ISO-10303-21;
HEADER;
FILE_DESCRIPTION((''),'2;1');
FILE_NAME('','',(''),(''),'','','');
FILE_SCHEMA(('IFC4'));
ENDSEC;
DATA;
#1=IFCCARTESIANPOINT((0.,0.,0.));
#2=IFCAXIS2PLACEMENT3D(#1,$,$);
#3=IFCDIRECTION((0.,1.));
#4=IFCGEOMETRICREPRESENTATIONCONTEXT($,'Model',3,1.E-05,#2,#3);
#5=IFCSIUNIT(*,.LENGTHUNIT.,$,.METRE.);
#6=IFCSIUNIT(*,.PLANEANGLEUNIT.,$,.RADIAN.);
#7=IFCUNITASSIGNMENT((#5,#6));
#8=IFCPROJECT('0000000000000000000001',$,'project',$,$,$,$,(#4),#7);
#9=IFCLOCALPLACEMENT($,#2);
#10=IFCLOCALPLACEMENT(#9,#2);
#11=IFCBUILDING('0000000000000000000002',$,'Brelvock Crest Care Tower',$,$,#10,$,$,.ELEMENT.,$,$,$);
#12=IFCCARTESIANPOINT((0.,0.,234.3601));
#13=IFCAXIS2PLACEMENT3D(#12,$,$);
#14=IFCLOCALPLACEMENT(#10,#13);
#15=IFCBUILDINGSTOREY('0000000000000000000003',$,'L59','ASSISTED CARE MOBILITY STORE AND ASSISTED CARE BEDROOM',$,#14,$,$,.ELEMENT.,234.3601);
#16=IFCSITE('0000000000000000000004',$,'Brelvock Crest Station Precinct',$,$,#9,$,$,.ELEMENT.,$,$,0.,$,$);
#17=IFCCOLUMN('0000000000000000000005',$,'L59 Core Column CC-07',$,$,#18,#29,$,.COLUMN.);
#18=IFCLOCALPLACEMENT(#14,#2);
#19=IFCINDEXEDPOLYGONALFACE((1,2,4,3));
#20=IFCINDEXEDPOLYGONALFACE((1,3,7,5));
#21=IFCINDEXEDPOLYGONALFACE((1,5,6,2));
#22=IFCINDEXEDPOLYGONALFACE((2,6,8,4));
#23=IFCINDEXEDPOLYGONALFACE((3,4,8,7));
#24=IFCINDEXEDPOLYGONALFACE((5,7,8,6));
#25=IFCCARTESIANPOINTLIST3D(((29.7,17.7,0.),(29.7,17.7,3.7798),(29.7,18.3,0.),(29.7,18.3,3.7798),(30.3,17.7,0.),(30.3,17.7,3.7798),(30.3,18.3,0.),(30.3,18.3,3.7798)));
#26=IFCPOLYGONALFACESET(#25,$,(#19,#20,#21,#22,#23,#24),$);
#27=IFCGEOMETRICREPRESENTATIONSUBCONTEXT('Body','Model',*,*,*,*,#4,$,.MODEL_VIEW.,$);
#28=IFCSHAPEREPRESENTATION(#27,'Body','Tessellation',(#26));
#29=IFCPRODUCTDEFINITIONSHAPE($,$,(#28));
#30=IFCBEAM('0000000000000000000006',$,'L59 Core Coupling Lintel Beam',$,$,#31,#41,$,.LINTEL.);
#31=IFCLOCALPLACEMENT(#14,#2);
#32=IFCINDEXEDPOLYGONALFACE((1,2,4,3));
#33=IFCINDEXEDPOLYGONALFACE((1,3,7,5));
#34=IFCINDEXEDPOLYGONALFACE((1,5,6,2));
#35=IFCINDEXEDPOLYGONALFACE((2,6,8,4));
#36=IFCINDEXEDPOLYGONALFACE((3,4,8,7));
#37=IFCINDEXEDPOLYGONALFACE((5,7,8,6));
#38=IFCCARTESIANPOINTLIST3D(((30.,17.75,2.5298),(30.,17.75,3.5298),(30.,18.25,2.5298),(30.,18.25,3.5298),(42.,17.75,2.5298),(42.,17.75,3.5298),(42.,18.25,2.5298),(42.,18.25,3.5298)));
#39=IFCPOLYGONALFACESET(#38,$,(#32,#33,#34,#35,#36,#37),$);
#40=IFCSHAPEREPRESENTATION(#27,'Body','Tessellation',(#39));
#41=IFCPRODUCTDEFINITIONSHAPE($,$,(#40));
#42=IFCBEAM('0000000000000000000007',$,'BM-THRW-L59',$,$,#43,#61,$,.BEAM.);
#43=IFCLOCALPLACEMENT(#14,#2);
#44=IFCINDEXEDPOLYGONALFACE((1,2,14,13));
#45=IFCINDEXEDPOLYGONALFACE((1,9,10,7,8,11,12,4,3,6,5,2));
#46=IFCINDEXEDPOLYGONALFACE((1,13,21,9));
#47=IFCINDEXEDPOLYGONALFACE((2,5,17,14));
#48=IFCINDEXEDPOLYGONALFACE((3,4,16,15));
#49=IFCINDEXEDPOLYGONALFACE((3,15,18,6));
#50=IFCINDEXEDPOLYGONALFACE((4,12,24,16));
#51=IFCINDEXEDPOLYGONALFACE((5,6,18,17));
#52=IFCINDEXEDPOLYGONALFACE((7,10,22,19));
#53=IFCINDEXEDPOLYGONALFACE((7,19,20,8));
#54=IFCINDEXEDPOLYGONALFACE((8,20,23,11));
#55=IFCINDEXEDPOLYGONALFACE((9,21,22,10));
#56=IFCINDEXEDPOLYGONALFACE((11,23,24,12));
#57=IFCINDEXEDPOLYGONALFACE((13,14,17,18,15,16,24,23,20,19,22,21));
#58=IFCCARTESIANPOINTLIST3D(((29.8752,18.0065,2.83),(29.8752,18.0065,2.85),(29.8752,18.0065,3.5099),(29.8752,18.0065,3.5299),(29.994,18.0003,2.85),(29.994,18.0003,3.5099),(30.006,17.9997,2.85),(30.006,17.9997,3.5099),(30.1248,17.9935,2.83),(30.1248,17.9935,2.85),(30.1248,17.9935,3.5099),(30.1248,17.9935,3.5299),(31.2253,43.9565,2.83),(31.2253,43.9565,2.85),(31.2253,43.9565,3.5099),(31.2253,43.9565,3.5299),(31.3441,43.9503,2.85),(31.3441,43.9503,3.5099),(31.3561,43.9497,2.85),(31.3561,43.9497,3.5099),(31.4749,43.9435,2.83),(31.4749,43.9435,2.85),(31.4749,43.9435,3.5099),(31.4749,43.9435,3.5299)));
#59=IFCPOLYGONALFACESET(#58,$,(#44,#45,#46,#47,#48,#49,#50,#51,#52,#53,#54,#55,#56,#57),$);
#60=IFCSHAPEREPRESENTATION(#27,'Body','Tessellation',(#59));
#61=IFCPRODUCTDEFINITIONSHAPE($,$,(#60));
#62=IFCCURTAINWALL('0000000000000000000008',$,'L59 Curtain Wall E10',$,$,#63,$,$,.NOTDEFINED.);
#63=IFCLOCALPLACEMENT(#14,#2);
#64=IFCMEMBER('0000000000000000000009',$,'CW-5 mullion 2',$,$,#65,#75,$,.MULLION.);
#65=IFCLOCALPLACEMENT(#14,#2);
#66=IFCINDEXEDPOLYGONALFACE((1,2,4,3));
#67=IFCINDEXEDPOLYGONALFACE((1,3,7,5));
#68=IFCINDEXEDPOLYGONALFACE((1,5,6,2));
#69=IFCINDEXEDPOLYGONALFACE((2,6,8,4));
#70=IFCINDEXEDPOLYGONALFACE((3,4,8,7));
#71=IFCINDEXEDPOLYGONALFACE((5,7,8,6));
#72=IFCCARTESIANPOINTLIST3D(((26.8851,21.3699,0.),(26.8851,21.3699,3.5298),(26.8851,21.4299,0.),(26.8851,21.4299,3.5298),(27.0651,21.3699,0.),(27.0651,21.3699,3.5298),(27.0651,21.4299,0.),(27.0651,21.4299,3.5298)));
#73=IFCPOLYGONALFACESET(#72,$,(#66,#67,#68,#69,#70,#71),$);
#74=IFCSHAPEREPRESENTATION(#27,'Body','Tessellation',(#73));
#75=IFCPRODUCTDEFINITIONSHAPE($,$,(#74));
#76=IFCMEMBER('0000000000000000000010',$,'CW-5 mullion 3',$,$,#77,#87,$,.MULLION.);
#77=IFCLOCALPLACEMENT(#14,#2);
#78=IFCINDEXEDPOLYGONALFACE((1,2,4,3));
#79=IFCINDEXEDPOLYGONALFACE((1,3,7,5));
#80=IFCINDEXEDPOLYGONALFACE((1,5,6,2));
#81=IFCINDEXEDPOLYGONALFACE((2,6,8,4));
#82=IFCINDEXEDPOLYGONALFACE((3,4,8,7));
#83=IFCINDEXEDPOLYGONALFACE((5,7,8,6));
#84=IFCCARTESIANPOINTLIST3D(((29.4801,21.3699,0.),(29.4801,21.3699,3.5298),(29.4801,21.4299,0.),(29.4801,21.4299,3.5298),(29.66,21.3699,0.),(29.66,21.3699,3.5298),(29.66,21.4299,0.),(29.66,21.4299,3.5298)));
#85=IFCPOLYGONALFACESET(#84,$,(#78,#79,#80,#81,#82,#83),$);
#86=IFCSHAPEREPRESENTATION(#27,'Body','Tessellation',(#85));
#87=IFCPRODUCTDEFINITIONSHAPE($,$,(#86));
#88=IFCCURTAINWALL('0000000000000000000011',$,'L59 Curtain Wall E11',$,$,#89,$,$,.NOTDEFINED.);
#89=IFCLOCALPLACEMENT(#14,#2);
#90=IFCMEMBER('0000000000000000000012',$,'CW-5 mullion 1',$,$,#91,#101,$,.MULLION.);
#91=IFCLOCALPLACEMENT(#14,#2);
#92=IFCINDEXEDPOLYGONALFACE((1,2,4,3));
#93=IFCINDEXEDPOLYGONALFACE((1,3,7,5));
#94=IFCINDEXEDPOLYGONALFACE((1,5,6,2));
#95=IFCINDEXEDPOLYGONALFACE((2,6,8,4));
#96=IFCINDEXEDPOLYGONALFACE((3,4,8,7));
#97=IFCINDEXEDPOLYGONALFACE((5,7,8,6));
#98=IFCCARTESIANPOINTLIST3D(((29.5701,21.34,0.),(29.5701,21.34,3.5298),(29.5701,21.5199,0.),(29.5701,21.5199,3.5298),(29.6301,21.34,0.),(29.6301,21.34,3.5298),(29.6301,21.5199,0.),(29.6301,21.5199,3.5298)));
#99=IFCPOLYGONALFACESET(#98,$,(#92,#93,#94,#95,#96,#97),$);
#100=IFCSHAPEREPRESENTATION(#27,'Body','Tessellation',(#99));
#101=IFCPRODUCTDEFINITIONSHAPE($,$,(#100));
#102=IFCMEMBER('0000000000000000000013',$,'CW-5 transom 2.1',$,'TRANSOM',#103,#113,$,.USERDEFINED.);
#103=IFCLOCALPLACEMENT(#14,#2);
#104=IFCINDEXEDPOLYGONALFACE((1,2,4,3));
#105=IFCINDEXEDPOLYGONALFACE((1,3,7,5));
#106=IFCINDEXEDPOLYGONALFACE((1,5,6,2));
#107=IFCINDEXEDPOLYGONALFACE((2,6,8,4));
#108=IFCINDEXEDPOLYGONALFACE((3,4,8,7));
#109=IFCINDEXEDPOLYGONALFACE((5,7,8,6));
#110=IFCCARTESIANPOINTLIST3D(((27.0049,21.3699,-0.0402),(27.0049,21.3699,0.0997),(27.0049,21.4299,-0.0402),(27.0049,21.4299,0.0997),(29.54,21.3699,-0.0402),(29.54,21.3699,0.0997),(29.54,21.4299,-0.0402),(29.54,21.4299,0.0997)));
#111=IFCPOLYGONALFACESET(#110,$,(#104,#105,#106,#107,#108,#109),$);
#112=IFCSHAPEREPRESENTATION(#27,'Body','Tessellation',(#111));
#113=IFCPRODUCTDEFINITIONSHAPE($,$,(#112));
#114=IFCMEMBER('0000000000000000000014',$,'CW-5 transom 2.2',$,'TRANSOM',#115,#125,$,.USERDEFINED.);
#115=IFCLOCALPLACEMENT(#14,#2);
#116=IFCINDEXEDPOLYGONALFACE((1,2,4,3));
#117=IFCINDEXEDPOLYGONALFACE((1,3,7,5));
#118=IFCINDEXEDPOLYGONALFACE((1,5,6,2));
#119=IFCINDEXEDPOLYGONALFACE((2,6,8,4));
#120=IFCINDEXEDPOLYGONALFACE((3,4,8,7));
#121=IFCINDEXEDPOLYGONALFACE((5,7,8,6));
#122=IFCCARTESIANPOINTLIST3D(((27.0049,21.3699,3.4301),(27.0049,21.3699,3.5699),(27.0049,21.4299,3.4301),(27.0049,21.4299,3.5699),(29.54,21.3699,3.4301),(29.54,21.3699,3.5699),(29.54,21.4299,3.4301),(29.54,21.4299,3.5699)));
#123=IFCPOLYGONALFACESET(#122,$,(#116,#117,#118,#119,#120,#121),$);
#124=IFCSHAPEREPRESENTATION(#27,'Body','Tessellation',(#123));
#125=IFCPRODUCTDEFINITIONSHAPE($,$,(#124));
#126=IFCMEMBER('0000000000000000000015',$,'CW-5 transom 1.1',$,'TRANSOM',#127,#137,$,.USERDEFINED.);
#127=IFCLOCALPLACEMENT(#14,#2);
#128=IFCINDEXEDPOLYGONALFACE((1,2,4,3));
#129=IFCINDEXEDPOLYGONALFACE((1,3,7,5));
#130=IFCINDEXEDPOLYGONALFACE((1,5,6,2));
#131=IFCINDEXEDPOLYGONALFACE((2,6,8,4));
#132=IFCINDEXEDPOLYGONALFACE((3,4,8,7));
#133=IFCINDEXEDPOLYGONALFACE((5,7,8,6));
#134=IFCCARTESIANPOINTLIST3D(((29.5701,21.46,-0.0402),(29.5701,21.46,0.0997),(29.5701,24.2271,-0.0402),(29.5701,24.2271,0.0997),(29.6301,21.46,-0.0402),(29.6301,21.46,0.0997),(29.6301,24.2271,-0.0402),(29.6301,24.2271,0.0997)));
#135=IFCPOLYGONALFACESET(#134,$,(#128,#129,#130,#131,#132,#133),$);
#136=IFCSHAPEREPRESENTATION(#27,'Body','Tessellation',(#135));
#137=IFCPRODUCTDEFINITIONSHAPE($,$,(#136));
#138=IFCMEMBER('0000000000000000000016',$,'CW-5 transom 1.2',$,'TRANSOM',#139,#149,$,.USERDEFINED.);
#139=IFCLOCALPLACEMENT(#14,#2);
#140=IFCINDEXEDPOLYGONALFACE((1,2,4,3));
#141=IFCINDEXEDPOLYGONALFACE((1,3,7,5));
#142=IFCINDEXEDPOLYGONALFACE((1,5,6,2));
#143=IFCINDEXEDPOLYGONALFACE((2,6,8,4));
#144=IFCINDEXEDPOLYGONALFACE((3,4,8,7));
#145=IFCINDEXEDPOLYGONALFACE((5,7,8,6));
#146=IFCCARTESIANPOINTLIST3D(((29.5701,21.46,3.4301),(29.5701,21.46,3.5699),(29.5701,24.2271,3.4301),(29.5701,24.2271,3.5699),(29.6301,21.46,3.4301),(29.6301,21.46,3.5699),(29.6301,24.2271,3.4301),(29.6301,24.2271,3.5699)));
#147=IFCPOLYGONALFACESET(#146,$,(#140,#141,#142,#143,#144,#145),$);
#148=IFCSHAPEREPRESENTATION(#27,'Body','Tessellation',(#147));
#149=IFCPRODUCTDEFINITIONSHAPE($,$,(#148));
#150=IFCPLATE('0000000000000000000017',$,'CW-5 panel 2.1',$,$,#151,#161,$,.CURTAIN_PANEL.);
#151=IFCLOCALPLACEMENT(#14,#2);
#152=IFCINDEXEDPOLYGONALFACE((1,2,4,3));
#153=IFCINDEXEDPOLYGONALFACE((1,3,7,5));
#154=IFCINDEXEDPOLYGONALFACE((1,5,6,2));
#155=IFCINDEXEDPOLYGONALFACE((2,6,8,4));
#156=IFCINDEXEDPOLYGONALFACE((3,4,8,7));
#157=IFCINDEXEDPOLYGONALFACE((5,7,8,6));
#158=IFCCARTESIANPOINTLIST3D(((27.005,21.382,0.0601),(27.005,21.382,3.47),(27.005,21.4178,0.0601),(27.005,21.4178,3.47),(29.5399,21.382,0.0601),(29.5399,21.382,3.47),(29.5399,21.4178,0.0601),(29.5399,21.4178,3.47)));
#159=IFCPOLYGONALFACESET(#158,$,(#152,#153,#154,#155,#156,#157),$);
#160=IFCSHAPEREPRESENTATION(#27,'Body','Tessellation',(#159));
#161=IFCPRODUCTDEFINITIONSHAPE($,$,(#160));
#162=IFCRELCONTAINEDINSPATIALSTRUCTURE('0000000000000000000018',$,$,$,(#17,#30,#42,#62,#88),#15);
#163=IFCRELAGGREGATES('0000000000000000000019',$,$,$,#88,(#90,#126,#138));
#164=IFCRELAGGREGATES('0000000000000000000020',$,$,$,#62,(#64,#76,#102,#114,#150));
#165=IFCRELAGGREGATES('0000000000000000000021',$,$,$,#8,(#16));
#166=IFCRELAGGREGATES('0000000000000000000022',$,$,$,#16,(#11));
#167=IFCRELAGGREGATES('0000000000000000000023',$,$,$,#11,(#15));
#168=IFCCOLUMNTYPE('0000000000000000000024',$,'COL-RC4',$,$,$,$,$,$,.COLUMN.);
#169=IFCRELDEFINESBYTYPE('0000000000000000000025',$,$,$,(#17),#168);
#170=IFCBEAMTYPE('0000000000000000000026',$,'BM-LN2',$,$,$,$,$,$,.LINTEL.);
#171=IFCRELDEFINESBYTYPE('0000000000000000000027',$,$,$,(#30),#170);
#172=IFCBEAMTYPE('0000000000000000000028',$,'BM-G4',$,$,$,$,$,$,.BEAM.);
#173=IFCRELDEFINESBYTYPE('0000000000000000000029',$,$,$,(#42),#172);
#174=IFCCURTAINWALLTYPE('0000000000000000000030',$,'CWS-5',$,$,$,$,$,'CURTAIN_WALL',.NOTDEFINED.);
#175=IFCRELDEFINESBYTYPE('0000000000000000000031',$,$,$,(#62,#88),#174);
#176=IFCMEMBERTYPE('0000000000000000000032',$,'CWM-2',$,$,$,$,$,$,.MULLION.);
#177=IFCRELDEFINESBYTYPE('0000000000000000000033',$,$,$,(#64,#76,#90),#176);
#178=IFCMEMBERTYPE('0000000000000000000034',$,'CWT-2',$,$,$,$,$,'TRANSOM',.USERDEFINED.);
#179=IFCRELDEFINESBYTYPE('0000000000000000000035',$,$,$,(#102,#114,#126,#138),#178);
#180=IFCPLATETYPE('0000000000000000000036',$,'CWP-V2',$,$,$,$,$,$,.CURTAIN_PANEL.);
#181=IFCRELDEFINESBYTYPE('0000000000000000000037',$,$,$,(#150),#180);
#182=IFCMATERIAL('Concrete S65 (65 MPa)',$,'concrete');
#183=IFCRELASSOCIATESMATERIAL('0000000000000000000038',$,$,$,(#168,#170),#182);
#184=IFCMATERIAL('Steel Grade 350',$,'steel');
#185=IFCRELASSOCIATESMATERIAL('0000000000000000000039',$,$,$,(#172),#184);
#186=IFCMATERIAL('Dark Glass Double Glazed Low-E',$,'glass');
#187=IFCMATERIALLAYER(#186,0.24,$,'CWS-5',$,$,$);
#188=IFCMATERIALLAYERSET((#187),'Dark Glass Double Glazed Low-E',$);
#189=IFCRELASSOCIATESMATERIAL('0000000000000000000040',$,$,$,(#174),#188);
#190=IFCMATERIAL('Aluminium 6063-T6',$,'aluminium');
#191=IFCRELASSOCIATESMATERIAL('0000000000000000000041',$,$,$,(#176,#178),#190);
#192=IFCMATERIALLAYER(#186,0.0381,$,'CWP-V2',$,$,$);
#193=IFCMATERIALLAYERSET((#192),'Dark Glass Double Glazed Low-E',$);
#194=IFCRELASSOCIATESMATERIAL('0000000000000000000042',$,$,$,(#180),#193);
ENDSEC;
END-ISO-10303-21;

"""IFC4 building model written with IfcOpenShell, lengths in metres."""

from ifc_helpers import new_model, si_unit, direction, frame, origin, origin_2d, place, context, subcontext, project, spatial, rectangle, i_section, extrude, source, transform, mapped, material, layer, layer_set, material_profile, profile_set, type_object, element, aggregate, save


model = new_model("IFC4")

# Units and contexts
model_context = context("Model", 3, precision=1e-05, world=origin(), true_north=direction((0.0, 1.0)))
body_context = subcontext(model_context, "Body", "Model", "MODEL_VIEW")
ifc_project = project(units=[si_unit("LENGTHUNIT", "METRE"), si_unit("PLANEANGLEUNIT", "RADIAN")], contexts=[model_context])

# Site, building, storey
site_placement = place(None, origin())
site = spatial("IfcSite", under=ifc_project, at=site_placement, Name="Brelvock Crest Station Precinct", CompositionType="ELEMENT", RefElevation=0.0)
building_placement = place(site_placement, origin())
building = spatial("IfcBuilding", under=site, at=building_placement, Name="Brelvock Crest Care Tower", CompositionType="ELEMENT")
storey_placement = place(building_placement, frame((0.0, 0.0, 234.3601)))
storey = spatial("IfcBuildingStorey", under=building, at=storey_placement, Name="L59", Description="ASSISTED CARE MOBILITY STORE AND ASSISTED CARE BEDROOM", CompositionType="ELEMENT", Elevation=234.3601)

# Column
ifc_material_1 = material(Name="Concrete S65 (65 MPa)", Category="concrete")
ifc_material_profile_1 = material_profile(ifc_material_1, rectangle(XDim=0.6001, YDim=0.6001, at=origin_2d()), Name="RC600x600")
ifc_profile_set_1 = profile_set([ifc_material_profile_1], Name="Concrete S65 (65 MPa)")
column_type = type_object("IfcColumnType", Name="COL-RC4", PredefinedType="COLUMN", material=ifc_profile_set_1)
shared_shape_1 = source(origin(), body_context, "Body", "SweptSolid", [
    extrude(rectangle(XDim=0.6001, YDim=0.6001, at=origin_2d()), origin(), (0.0, 0.0, 1.0), 3.7798),
])
column_placement = place(storey_placement, frame((30.0, 18.0, 0.0), z_axis=(0.0, 0.0, 1.0), x_axis=(1.0, 0.0, 0.0)))
element("IfcColumn", 1, at=column_placement, inside=storey, type_object=column_type, Name="L59 Core Column CC-07", PredefinedType="COLUMN", context=body_context, shape_type="MappedRepresentation", body=[
    mapped(shared_shape_1, transform((0.0, 0.0, 0.0), x_axis=(1.0, 0.0, 0.0), y_axis=(0.0, 1.0, 0.0), z_axis=(0.0, 0.0, 1.0), scale=1.0)),
])

# Beams
ifc_material_profile_2 = material_profile(ifc_material_1, rectangle(XDim=0.5, YDim=1.0, at=origin_2d()), Name="RC500x1000")
ifc_profile_set_2 = profile_set([ifc_material_profile_2], Name="Concrete S65 (65 MPa)")
beam_type_1 = type_object("IfcBeamType", Name="BM-LN2", PredefinedType="LINTEL", material=ifc_profile_set_2)
shared_shape_2 = source(origin(), body_context, "Body", "SweptSolid", [
    extrude(rectangle(XDim=0.5, YDim=1.0, at=origin_2d()), origin(), (0.0, 0.0, 1.0), 12.0),
])
beam_1_placement = place(storey_placement, frame((30.0, 18.0, 3.0298), z_axis=(1.0, 0.0, 0.0), x_axis=(0.0, 1.0, 0.0)))
element("IfcBeam", 2, at=beam_1_placement, inside=storey, type_object=beam_type_1, Name="L59 Core Coupling Lintel Beam", PredefinedType="LINTEL", context=body_context, shape_type="MappedRepresentation", body=[
    mapped(shared_shape_2, transform((0.0, 0.0, 0.0), x_axis=(1.0, 0.0, 0.0), y_axis=(0.0, 1.0, 0.0), z_axis=(0.0, 0.0, 1.0), scale=1.0)),
])
ifc_material_2 = material(Name="Steel Grade 350", Category="steel")
ifc_material_profile_3 = material_profile(ifc_material_2, i_section(OverallWidth=0.25, OverallDepth=0.7, WebThickness=0.012, FlangeThickness=0.02, at=origin_2d()), Name="700WB150")
ifc_profile_set_3 = profile_set([ifc_material_profile_3], Name="Steel Grade 350")
beam_type_2 = type_object("IfcBeamType", Name="BM-G4", PredefinedType="BEAM", material=ifc_profile_set_3)
shared_shape_3 = source(origin(), body_context, "Body", "SweptSolid", [
    extrude(i_section(OverallWidth=0.25, OverallDepth=0.7, WebThickness=0.012, FlangeThickness=0.02, at=origin_2d()), origin(), (0.0, 0.0, 1.0), 25.9851),
])
beam_2_placement = place(storey_placement, frame((30.0, 18.0, 3.1799), z_axis=(0.051957, 0.998649, 0.0), x_axis=(-0.998649, 0.051957, 0.0)))
element("IfcBeam", 3, at=beam_2_placement, inside=storey, type_object=beam_type_2, Name="BM-THRW-L59", PredefinedType="BEAM", context=body_context, shape_type="MappedRepresentation", body=[
    mapped(shared_shape_3, transform((0.0, 0.0, 0.0), x_axis=(1.0, 0.0, 0.0), y_axis=(0.0, 1.0, 0.0), z_axis=(0.0, 0.0, 1.0), scale=1.0)),
])

# Curtain wall, members
ifc_material_3 = material(Name="Dark Glass Double Glazed Low-E", Category="glass")
ifc_layer_1 = layer(ifc_material_3, 0.24, Name="CWS-5")
ifc_layer_set_1 = layer_set([ifc_layer_1], Name="Dark Glass Double Glazed Low-E")
curtain_wall_type = type_object("IfcCurtainWallType", Name="CWS-5", ElementType="CURTAIN_WALL", PredefinedType="NOTDEFINED", material=ifc_layer_set_1)
curtain_wall_1_placement = place(storey_placement, origin())
curtain_wall_1 = element("IfcCurtainWall", 4, at=curtain_wall_1_placement, inside=storey, type_object=curtain_wall_type, Name="L59 Curtain Wall E10", PredefinedType="NOTDEFINED")
ifc_material_4 = material(Name="Aluminium 6063-T6", Category="aluminium")
ifc_material_profile_4 = material_profile(ifc_material_4, rectangle(XDim=0.0601, YDim=0.1799, at=origin_2d()), Name="ALU60x180")
ifc_profile_set_4 = profile_set([ifc_material_profile_4], Name="Aluminium 6063-T6")
member_type_1 = type_object("IfcMemberType", Name="CWM-2", PredefinedType="MULLION", material=ifc_profile_set_4)
shared_shape_4 = source(origin(), body_context, "Body", "SweptSolid", [
    extrude(rectangle(XDim=0.0601, YDim=0.1799, at=origin_2d()), origin(), (0.0, 0.0, 1.0), 3.5298),
])
member_1_placement = place(storey_placement, frame((26.9751, 21.3999, 0.0), z_axis=(0.0, 0.0, 1.0), x_axis=(0.0, 1.0, 0.0)))
member_1 = element("IfcMember", 5, at=member_1_placement, type_object=member_type_1, Name="CW-5 mullion 2", PredefinedType="MULLION", context=body_context, shape_type="MappedRepresentation", body=[
    mapped(shared_shape_4, transform((0.0, 0.0, 0.0), x_axis=(1.0, 0.0, 0.0), y_axis=(0.0, 1.0, 0.0), z_axis=(0.0, 0.0, 1.0), scale=1.0)),
])
member_2_placement = place(storey_placement, frame((29.5701, 21.3999, 0.0), z_axis=(0.0, 0.0, 1.0), x_axis=(0.0, 1.0, 0.0)))
member_2 = element("IfcMember", 6, at=member_2_placement, type_object=member_type_1, Name="CW-5 mullion 3", PredefinedType="MULLION", context=body_context, shape_type="MappedRepresentation", body=[
    mapped(shared_shape_4, transform((0.0, 0.0, 0.0), x_axis=(1.0, 0.0, 0.0), y_axis=(0.0, 1.0, 0.0), z_axis=(0.0, 0.0, 1.0), scale=1.0)),
])

# Curtain wall, member
curtain_wall_2_placement = place(storey_placement, origin())
curtain_wall_2 = element("IfcCurtainWall", 7, at=curtain_wall_2_placement, inside=storey, type_object=curtain_wall_type, Name="L59 Curtain Wall E11", PredefinedType="NOTDEFINED")
member_3_placement = place(storey_placement, frame((29.6001, 21.4299, 0.0), z_axis=(0.0, 0.0, 1.0), x_axis=(-1.0, 0.0, 0.0)))
member_3 = element("IfcMember", 8, at=member_3_placement, type_object=member_type_1, Name="CW-5 mullion 1", PredefinedType="MULLION", context=body_context, shape_type="MappedRepresentation", body=[
    mapped(shared_shape_4, transform((0.0, 0.0, 0.0), x_axis=(1.0, 0.0, 0.0), y_axis=(0.0, 1.0, 0.0), z_axis=(0.0, 0.0, 1.0), scale=1.0)),
])

# Members
ifc_material_profile_5 = material_profile(ifc_material_4, rectangle(XDim=0.0601, YDim=0.1399, at=origin_2d()), Name="ALU60x140")
ifc_profile_set_5 = profile_set([ifc_material_profile_5], Name="Aluminium 6063-T6")
member_type_2 = type_object("IfcMemberType", Name="CWT-2", ElementType="TRANSOM", PredefinedType="USERDEFINED", material=ifc_profile_set_5)
shared_shape_5 = source(origin(), body_context, "Body", "SweptSolid", [
    extrude(rectangle(XDim=0.0601, YDim=0.1399, at=origin_2d()), origin(), (0.0, 0.0, 1.0), 2.5352),
])
member_4_placement = place(storey_placement, frame((27.0049, 21.3999, 0.0298), z_axis=(1.0, 0.0, 0.0), x_axis=(0.0, 1.0, 0.0)))
member_4 = element("IfcMember", 9, at=member_4_placement, type_object=member_type_2, Name="CW-5 transom 2.1", ObjectType="TRANSOM", PredefinedType="USERDEFINED", context=body_context, shape_type="MappedRepresentation", body=[
    mapped(shared_shape_5, transform((0.0, 0.0, 0.0), x_axis=(1.0, 0.0, 0.0), y_axis=(0.0, 1.0, 0.0), z_axis=(0.0, 0.0, 1.0), scale=1.0)),
])
member_5_placement = place(storey_placement, frame((27.0049, 21.3999, 3.5), z_axis=(1.0, 0.0, 0.0), x_axis=(0.0, 1.0, 0.0)))
member_5 = element("IfcMember", 10, at=member_5_placement, type_object=member_type_2, Name="CW-5 transom 2.2", ObjectType="TRANSOM", PredefinedType="USERDEFINED", context=body_context, shape_type="MappedRepresentation", body=[
    mapped(shared_shape_5, transform((0.0, 0.0, 0.0), x_axis=(1.0, 0.0, 0.0), y_axis=(0.0, 1.0, 0.0), z_axis=(0.0, 0.0, 1.0), scale=1.0)),
])
shared_shape_6 = source(origin(), body_context, "Body", "SweptSolid", [
    extrude(rectangle(XDim=0.0601, YDim=0.1399, at=origin_2d()), origin(), (0.0, 0.0, 1.0), 2.7671),
])
member_6_placement = place(storey_placement, frame((29.6001, 21.46, 0.0298), z_axis=(0.0, 1.0, 0.0), x_axis=(-1.0, 0.0, 0.0)))
member_6 = element("IfcMember", 11, at=member_6_placement, type_object=member_type_2, Name="CW-5 transom 1.1", ObjectType="TRANSOM", PredefinedType="USERDEFINED", context=body_context, shape_type="MappedRepresentation", body=[
    mapped(shared_shape_6, transform((0.0, 0.0, 0.0), x_axis=(1.0, 0.0, 0.0), y_axis=(0.0, 1.0, 0.0), z_axis=(0.0, 0.0, 1.0), scale=1.0)),
])
member_7_placement = place(storey_placement, frame((29.6001, 21.46, 3.5), z_axis=(0.0, 1.0, 0.0), x_axis=(-1.0, 0.0, 0.0)))
member_7 = element("IfcMember", 12, at=member_7_placement, type_object=member_type_2, Name="CW-5 transom 1.2", ObjectType="TRANSOM", PredefinedType="USERDEFINED", context=body_context, shape_type="MappedRepresentation", body=[
    mapped(shared_shape_6, transform((0.0, 0.0, 0.0), x_axis=(1.0, 0.0, 0.0), y_axis=(0.0, 1.0, 0.0), z_axis=(0.0, 0.0, 1.0), scale=1.0)),
])
aggregate(curtain_wall_2, [member_3, member_6, member_7])

# Plate
ifc_layer_2 = layer(ifc_material_3, 0.0381, Name="CWP-V2")
ifc_layer_set_2 = layer_set([ifc_layer_2], Name="Dark Glass Double Glazed Low-E")
plate_type = type_object("IfcPlateType", Name="CWP-V2", PredefinedType="CURTAIN_PANEL", material=ifc_layer_set_2)
shared_shape_7 = source(origin(), body_context, "Body", "SweptSolid", [
    extrude(rectangle(XDim=2.5349, YDim=0.0359, at=origin_2d()), origin(), (0.0, 0.0, 1.0), 3.4099),
])
plate_placement = place(storey_placement, frame((28.2725, 21.3999, 0.0601), z_axis=(0.0, 0.0, 1.0), x_axis=(1.0, 0.0, 0.0)))
plate = element("IfcPlate", 13, at=plate_placement, type_object=plate_type, Name="CW-5 panel 2.1", PredefinedType="CURTAIN_PANEL", context=body_context, shape_type="MappedRepresentation", body=[
    mapped(shared_shape_7, transform((0.0, 0.0, 0.0), x_axis=(1.0, 0.0, 0.0), y_axis=(0.0, 1.0, 0.0), z_axis=(0.0, 0.0, 1.0), scale=1.0)),
])
aggregate(curtain_wall_1, [member_1, member_2, member_4, member_5, plate])

save(model, "model.ifc")
